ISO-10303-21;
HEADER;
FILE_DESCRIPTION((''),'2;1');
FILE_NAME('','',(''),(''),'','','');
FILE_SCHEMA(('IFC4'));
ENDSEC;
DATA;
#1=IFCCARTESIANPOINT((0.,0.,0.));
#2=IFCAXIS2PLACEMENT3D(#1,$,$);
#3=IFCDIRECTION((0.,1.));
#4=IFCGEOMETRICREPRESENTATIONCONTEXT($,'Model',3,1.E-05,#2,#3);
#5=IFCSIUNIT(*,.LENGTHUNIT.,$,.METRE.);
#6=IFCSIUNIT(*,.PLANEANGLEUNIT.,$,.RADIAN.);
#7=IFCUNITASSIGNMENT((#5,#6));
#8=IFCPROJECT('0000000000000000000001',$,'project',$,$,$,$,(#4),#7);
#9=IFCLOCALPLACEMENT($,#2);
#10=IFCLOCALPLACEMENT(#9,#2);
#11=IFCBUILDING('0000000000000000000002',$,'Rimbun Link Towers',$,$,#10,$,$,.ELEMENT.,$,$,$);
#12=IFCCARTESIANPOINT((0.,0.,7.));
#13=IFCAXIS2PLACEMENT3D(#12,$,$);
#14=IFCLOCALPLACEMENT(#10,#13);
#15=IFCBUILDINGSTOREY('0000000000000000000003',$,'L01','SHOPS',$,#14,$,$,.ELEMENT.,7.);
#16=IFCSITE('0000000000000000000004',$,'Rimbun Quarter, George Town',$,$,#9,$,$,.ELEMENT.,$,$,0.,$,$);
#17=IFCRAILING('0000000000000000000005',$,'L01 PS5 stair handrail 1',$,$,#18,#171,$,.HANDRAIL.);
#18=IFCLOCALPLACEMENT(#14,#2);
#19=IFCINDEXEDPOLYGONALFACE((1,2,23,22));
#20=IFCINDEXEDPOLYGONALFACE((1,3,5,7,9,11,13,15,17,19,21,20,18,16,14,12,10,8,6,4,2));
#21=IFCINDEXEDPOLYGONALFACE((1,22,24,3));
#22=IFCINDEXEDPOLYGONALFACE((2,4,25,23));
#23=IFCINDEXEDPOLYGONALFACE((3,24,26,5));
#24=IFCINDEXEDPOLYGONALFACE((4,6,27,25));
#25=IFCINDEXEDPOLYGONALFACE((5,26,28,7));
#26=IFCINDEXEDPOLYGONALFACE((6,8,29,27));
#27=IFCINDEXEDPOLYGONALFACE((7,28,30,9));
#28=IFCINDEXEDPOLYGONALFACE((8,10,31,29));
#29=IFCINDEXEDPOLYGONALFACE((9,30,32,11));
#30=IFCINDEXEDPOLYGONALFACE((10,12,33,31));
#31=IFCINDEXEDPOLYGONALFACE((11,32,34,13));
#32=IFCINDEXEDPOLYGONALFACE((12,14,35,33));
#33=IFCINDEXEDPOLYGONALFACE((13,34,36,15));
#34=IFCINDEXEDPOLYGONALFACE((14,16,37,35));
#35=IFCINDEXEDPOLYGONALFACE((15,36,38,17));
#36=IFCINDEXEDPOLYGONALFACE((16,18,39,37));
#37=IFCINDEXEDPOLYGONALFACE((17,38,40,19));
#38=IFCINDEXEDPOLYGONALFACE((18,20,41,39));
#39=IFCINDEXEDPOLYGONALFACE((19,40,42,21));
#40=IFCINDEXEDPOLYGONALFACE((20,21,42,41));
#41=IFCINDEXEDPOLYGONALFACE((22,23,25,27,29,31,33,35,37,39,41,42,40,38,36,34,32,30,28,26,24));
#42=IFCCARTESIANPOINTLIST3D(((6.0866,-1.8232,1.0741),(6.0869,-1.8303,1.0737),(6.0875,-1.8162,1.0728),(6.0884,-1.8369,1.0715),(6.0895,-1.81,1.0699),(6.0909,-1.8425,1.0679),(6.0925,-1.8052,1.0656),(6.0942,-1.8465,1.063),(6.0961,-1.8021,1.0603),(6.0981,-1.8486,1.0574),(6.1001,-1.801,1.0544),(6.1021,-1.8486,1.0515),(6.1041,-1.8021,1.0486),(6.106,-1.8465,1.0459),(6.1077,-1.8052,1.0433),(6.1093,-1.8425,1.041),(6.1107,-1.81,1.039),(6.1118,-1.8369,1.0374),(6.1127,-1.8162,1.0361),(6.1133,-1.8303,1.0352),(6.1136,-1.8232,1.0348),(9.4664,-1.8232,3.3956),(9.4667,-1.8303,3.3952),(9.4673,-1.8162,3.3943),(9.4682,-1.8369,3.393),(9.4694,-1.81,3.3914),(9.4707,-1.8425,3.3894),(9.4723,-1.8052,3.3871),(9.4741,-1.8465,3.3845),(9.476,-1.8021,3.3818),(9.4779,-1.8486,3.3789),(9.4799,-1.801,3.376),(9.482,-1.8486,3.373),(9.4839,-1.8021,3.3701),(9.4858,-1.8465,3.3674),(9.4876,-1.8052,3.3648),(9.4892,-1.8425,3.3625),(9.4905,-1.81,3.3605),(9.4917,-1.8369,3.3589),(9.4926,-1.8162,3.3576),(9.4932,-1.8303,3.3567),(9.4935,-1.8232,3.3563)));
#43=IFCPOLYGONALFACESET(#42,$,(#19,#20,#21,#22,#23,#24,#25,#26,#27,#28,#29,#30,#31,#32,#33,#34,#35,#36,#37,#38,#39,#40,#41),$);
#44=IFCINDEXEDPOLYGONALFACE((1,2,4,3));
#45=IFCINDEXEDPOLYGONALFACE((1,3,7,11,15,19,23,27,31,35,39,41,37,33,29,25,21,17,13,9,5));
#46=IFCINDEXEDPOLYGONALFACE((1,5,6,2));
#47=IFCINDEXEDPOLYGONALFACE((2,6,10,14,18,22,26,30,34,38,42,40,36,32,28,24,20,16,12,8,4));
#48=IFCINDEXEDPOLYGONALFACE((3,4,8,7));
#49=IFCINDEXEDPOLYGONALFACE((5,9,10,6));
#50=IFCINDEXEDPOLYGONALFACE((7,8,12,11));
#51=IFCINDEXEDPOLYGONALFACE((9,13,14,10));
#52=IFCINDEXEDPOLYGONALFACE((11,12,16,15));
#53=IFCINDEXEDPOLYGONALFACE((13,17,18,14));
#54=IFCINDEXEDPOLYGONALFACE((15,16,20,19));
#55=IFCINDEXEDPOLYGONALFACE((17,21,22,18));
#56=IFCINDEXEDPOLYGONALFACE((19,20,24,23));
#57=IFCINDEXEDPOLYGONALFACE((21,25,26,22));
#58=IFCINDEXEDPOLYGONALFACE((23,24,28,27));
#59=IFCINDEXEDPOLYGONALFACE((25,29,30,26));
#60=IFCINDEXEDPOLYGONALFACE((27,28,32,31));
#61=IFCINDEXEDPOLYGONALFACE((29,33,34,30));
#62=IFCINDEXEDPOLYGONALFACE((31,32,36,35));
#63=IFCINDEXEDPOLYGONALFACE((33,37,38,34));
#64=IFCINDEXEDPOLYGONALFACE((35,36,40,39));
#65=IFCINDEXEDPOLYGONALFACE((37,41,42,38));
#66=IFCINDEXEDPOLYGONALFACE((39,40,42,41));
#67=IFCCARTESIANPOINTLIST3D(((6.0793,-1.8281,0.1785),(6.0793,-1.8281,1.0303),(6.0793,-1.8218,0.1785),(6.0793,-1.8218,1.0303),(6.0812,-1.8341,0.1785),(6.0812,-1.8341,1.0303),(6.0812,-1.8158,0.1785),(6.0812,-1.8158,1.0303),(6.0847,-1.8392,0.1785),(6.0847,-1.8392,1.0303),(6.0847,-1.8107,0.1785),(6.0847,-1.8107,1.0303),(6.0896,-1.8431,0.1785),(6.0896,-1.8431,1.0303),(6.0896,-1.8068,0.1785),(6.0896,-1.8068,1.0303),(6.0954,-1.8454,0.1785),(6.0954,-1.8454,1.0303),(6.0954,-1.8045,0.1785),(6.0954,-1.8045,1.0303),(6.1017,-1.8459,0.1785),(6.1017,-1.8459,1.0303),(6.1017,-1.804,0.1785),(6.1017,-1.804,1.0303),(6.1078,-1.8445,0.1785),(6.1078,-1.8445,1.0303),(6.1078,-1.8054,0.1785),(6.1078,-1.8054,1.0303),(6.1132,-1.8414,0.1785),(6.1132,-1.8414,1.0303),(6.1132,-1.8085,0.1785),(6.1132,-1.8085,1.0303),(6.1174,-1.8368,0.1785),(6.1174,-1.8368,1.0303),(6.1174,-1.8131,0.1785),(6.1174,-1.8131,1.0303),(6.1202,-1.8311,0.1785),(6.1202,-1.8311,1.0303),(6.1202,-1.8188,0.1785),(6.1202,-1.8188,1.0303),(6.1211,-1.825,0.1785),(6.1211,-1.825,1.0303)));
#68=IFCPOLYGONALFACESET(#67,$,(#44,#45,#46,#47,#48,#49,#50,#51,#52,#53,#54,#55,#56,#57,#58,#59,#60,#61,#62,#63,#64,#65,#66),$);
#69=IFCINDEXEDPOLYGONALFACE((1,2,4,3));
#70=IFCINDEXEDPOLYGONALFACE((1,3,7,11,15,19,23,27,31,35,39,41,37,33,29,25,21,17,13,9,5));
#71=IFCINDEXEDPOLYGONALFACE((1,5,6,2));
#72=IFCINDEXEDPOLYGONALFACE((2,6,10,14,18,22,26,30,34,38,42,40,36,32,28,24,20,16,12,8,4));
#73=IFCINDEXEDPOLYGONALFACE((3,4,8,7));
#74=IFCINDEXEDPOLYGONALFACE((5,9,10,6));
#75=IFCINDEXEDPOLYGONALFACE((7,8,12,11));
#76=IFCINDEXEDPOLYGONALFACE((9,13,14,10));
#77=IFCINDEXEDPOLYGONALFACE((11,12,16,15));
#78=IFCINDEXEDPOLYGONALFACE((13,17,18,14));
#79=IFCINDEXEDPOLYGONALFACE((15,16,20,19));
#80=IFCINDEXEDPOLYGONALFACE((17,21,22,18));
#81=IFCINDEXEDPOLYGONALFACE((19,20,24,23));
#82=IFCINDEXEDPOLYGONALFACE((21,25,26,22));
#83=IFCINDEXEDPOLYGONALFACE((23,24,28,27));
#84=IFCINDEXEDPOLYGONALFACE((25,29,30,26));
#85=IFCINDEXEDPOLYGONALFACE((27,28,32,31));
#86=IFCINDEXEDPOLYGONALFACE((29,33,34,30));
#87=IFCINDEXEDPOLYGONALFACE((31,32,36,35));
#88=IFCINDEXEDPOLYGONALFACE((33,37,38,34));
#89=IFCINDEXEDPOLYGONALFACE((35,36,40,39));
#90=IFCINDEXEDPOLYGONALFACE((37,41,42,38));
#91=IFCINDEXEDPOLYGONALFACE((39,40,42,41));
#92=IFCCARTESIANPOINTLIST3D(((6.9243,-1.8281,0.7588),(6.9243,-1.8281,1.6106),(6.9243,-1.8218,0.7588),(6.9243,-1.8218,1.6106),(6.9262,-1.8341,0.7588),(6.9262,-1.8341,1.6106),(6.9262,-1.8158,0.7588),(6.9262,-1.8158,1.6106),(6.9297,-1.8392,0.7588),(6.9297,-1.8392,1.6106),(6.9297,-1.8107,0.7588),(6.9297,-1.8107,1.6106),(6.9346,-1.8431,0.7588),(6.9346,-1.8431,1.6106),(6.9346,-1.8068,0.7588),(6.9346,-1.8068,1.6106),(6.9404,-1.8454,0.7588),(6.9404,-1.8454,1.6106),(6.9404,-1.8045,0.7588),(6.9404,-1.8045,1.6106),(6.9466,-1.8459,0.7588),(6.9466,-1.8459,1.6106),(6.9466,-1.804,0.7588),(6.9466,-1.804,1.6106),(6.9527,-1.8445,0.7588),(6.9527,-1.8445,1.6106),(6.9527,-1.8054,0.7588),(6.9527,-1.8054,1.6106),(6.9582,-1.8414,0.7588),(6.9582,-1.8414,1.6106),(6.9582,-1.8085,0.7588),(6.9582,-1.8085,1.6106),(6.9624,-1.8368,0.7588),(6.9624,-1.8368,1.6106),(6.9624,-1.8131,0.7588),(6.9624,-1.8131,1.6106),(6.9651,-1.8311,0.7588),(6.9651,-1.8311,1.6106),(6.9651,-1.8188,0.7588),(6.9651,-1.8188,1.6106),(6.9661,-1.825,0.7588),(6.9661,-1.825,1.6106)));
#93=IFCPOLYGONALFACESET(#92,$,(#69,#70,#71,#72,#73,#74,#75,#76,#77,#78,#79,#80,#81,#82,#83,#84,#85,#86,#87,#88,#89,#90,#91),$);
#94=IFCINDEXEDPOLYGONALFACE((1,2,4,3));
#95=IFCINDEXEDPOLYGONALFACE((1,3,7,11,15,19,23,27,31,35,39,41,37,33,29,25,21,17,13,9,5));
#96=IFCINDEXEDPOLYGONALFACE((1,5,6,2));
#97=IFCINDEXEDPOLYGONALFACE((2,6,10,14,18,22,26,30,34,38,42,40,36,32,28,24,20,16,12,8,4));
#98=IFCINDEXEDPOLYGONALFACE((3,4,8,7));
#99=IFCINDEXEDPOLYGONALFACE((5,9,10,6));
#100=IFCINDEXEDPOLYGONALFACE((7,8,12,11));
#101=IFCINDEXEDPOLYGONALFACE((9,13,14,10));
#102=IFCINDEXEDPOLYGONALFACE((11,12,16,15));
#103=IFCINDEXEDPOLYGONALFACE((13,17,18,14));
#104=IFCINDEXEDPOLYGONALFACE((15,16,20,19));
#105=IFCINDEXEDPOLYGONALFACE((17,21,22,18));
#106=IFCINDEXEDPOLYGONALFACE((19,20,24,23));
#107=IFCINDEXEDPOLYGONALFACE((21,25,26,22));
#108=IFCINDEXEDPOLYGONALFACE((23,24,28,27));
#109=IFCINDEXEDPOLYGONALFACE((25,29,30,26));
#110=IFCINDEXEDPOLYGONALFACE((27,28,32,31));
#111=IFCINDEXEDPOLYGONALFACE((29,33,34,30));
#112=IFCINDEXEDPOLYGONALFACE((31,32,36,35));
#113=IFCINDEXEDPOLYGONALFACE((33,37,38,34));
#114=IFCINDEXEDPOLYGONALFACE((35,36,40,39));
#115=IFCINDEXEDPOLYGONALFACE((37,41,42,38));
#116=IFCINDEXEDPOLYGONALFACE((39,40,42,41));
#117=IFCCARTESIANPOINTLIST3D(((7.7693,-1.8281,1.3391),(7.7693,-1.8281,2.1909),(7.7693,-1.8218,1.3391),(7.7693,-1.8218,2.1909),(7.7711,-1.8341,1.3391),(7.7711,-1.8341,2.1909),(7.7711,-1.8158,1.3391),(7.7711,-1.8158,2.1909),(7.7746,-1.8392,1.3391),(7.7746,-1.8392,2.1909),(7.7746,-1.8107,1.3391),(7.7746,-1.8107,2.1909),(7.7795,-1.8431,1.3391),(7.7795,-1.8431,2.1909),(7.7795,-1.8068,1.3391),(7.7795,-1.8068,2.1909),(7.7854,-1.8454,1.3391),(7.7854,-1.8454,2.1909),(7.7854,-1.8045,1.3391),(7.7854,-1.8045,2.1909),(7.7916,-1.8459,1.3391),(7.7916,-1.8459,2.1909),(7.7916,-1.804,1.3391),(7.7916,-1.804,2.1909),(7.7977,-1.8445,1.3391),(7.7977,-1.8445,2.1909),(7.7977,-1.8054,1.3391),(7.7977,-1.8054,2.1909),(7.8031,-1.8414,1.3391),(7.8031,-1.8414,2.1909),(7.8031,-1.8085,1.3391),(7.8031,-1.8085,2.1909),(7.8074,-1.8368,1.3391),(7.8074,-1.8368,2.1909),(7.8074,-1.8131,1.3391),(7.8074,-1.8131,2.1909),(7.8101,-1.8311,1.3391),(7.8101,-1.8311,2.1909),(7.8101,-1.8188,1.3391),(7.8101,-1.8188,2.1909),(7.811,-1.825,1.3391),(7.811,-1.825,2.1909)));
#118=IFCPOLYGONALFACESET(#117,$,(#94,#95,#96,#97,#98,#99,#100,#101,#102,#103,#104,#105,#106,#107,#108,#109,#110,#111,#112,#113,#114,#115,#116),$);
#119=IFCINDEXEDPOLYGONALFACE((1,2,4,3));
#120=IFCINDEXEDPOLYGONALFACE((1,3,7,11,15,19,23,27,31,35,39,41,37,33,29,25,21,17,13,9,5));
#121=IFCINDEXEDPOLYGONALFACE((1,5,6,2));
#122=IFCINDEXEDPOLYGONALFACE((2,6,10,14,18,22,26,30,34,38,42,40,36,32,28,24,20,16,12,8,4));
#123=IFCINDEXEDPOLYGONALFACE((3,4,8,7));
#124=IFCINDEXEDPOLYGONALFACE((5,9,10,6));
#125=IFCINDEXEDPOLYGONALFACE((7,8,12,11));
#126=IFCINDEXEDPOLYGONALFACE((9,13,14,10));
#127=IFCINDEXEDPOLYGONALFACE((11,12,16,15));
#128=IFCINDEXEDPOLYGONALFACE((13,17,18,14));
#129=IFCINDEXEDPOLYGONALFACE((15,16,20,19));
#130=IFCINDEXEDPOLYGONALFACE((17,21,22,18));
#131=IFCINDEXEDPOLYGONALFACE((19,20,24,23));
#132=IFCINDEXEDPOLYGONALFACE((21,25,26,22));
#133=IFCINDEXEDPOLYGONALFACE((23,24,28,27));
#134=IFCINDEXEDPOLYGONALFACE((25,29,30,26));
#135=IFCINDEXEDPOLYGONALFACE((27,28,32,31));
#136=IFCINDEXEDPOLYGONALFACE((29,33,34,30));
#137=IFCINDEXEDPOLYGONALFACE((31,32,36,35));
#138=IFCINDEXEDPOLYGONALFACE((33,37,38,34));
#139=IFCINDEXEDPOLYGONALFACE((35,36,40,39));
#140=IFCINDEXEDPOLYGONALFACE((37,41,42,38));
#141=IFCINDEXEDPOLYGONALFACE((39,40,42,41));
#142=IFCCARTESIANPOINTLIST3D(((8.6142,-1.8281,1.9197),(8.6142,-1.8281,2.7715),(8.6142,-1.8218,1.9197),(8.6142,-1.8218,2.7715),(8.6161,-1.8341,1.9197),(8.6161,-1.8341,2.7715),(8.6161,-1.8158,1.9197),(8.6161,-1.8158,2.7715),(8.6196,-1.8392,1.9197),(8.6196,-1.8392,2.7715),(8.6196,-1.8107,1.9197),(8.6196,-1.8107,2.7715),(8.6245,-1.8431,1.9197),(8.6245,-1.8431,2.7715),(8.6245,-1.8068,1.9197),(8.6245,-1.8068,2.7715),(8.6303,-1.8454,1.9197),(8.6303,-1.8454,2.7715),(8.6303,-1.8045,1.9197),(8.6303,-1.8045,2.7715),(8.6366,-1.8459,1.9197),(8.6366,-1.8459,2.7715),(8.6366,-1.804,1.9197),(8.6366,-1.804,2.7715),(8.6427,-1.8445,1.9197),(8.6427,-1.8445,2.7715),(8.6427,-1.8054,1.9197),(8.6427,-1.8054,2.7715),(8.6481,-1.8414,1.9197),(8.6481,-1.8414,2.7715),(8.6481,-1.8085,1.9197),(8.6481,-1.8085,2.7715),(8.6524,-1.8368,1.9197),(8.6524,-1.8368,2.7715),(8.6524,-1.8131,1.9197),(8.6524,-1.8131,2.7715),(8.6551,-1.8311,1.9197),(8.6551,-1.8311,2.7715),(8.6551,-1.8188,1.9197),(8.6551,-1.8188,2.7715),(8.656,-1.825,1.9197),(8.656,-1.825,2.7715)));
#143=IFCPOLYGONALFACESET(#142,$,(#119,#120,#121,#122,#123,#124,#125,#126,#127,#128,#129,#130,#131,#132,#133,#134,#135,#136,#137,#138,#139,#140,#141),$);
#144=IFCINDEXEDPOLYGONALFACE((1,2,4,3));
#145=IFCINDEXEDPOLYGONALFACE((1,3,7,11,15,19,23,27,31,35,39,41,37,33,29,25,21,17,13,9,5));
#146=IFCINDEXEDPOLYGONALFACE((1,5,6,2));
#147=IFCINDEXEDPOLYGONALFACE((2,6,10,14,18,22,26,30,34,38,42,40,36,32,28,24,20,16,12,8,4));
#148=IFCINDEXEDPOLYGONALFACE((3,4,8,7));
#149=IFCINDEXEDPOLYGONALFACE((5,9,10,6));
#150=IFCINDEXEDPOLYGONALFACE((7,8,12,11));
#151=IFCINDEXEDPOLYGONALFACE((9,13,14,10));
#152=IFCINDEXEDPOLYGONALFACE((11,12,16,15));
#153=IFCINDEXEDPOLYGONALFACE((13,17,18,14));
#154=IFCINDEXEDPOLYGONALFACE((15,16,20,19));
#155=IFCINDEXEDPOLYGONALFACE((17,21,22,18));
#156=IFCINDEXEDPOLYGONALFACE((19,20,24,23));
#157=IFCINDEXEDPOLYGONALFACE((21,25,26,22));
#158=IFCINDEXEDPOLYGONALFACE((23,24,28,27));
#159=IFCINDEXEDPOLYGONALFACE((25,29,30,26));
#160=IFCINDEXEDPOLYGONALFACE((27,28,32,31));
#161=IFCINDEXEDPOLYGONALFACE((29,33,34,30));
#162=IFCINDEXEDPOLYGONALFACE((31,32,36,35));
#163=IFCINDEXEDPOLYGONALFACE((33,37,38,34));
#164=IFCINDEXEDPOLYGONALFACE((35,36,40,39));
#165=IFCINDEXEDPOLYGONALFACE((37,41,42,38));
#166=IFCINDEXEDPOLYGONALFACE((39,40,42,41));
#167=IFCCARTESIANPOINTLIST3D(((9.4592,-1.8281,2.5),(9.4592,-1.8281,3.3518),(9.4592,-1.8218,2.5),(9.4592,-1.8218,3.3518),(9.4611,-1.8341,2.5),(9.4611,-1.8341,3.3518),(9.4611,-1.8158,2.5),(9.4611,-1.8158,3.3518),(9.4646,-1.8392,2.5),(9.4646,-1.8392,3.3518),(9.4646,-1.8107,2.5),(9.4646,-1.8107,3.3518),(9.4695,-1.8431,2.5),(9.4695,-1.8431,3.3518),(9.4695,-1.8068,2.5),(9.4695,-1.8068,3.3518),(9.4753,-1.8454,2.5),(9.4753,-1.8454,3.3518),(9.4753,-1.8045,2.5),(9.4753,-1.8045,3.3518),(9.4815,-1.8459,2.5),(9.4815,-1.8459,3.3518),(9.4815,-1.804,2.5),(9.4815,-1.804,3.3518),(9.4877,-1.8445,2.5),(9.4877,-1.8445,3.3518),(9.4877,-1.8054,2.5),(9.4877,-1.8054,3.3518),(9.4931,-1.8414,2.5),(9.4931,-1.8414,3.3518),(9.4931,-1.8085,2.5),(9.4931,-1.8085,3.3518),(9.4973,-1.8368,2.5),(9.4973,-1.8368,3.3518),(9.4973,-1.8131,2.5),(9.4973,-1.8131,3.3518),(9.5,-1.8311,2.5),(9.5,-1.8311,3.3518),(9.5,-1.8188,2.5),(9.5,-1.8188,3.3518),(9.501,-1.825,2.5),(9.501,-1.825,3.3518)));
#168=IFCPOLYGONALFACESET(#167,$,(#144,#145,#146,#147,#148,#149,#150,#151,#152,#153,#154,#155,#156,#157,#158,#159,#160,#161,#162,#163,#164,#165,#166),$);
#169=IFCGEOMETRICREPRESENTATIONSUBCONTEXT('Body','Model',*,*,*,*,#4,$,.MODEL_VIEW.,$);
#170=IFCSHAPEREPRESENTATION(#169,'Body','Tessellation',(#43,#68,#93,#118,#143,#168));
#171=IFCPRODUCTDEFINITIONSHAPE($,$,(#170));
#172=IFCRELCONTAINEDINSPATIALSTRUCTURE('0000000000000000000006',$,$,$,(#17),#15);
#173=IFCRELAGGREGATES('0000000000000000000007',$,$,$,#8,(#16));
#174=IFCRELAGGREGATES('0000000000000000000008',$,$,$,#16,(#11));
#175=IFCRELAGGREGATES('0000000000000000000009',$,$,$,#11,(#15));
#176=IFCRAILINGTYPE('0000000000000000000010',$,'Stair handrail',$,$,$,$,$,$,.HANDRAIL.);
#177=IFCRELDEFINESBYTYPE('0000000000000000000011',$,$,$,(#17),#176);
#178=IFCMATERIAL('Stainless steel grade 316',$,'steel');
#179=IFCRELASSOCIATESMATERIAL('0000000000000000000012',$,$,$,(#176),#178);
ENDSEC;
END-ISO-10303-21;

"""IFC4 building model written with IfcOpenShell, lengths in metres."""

from ifc_helpers import new_model, si_unit, direction, frame, origin, origin_2d, place, context, subcontext, project, spatial, circle, extrude, material, type_object, element, save


model = new_model("IFC4")

# Units and contexts
model_context = context("Model", 3, precision=1e-05, world=origin(), true_north=direction((0.0, 1.0)))
body_context = subcontext(model_context, "Body", "Model", "MODEL_VIEW")
ifc_project = project(units=[si_unit("LENGTHUNIT", "METRE"), si_unit("PLANEANGLEUNIT", "RADIAN")], contexts=[model_context])

# Site, building, storey
site_placement = place(None, origin())
site = spatial("IfcSite", under=ifc_project, at=site_placement, Name="Rimbun Quarter, George Town", CompositionType="ELEMENT", RefElevation=0.0)
building_placement = place(site_placement, origin())
building = spatial("IfcBuilding", under=site, at=building_placement, Name="Rimbun Link Towers", CompositionType="ELEMENT")
storey_placement = place(building_placement, frame((0.0, 0.0, 7.0)))
storey = spatial("IfcBuildingStorey", under=building, at=storey_placement, Name="L01", Description="SHOPS", CompositionType="ELEMENT", Elevation=7.0)

# Railing
ifc_material_1 = material(Name="Stainless steel grade 316", Category="steel")
railing_type_1 = type_object("IfcRailingType", Name="Stair handrail", PredefinedType="HANDRAIL", material=ifc_material_1)
railing_1_placement = place(storey_placement, frame((6.1001, -1.825, 0.1785)))
element("IfcRailing", 1, at=railing_1_placement, inside=storey, type_object=railing_type_1, Name="L01 PS5 stair handrail 1", PredefinedType="HANDRAIL", context=body_context, shape_type="SweptSolid", body=[
    extrude(circle(Radius=0.0239, at=origin_2d()), frame((0.0, 0.0, 0.876), z_axis=(0.824285, 0.0, 0.566175), x_axis=(0.0, 1.0, 0.0)), (0.0, 0.0, 1.0), 4.1003),
    extrude(circle(Radius=0.021, at=origin_2d()), origin(), (0.0, 0.0, 1.0), 0.8518),
    extrude(circle(Radius=0.021, at=origin_2d()), frame((0.845, 0.0, 0.5803)), (0.0, 0.0, 1.0), 0.8518),
    extrude(circle(Radius=0.021, at=origin_2d()), frame((1.6899, 0.0, 1.1606)), (0.0, 0.0, 1.0), 0.8518),
    extrude(circle(Radius=0.021, at=origin_2d()), frame((2.5349, 0.0, 1.7412)), (0.0, 0.0, 1.0), 0.8518),
    extrude(circle(Radius=0.021, at=origin_2d()), frame((3.3799, 0.0, 2.3215)), (0.0, 0.0, 1.0), 0.8518),
])

save(model, "model.ifc")
